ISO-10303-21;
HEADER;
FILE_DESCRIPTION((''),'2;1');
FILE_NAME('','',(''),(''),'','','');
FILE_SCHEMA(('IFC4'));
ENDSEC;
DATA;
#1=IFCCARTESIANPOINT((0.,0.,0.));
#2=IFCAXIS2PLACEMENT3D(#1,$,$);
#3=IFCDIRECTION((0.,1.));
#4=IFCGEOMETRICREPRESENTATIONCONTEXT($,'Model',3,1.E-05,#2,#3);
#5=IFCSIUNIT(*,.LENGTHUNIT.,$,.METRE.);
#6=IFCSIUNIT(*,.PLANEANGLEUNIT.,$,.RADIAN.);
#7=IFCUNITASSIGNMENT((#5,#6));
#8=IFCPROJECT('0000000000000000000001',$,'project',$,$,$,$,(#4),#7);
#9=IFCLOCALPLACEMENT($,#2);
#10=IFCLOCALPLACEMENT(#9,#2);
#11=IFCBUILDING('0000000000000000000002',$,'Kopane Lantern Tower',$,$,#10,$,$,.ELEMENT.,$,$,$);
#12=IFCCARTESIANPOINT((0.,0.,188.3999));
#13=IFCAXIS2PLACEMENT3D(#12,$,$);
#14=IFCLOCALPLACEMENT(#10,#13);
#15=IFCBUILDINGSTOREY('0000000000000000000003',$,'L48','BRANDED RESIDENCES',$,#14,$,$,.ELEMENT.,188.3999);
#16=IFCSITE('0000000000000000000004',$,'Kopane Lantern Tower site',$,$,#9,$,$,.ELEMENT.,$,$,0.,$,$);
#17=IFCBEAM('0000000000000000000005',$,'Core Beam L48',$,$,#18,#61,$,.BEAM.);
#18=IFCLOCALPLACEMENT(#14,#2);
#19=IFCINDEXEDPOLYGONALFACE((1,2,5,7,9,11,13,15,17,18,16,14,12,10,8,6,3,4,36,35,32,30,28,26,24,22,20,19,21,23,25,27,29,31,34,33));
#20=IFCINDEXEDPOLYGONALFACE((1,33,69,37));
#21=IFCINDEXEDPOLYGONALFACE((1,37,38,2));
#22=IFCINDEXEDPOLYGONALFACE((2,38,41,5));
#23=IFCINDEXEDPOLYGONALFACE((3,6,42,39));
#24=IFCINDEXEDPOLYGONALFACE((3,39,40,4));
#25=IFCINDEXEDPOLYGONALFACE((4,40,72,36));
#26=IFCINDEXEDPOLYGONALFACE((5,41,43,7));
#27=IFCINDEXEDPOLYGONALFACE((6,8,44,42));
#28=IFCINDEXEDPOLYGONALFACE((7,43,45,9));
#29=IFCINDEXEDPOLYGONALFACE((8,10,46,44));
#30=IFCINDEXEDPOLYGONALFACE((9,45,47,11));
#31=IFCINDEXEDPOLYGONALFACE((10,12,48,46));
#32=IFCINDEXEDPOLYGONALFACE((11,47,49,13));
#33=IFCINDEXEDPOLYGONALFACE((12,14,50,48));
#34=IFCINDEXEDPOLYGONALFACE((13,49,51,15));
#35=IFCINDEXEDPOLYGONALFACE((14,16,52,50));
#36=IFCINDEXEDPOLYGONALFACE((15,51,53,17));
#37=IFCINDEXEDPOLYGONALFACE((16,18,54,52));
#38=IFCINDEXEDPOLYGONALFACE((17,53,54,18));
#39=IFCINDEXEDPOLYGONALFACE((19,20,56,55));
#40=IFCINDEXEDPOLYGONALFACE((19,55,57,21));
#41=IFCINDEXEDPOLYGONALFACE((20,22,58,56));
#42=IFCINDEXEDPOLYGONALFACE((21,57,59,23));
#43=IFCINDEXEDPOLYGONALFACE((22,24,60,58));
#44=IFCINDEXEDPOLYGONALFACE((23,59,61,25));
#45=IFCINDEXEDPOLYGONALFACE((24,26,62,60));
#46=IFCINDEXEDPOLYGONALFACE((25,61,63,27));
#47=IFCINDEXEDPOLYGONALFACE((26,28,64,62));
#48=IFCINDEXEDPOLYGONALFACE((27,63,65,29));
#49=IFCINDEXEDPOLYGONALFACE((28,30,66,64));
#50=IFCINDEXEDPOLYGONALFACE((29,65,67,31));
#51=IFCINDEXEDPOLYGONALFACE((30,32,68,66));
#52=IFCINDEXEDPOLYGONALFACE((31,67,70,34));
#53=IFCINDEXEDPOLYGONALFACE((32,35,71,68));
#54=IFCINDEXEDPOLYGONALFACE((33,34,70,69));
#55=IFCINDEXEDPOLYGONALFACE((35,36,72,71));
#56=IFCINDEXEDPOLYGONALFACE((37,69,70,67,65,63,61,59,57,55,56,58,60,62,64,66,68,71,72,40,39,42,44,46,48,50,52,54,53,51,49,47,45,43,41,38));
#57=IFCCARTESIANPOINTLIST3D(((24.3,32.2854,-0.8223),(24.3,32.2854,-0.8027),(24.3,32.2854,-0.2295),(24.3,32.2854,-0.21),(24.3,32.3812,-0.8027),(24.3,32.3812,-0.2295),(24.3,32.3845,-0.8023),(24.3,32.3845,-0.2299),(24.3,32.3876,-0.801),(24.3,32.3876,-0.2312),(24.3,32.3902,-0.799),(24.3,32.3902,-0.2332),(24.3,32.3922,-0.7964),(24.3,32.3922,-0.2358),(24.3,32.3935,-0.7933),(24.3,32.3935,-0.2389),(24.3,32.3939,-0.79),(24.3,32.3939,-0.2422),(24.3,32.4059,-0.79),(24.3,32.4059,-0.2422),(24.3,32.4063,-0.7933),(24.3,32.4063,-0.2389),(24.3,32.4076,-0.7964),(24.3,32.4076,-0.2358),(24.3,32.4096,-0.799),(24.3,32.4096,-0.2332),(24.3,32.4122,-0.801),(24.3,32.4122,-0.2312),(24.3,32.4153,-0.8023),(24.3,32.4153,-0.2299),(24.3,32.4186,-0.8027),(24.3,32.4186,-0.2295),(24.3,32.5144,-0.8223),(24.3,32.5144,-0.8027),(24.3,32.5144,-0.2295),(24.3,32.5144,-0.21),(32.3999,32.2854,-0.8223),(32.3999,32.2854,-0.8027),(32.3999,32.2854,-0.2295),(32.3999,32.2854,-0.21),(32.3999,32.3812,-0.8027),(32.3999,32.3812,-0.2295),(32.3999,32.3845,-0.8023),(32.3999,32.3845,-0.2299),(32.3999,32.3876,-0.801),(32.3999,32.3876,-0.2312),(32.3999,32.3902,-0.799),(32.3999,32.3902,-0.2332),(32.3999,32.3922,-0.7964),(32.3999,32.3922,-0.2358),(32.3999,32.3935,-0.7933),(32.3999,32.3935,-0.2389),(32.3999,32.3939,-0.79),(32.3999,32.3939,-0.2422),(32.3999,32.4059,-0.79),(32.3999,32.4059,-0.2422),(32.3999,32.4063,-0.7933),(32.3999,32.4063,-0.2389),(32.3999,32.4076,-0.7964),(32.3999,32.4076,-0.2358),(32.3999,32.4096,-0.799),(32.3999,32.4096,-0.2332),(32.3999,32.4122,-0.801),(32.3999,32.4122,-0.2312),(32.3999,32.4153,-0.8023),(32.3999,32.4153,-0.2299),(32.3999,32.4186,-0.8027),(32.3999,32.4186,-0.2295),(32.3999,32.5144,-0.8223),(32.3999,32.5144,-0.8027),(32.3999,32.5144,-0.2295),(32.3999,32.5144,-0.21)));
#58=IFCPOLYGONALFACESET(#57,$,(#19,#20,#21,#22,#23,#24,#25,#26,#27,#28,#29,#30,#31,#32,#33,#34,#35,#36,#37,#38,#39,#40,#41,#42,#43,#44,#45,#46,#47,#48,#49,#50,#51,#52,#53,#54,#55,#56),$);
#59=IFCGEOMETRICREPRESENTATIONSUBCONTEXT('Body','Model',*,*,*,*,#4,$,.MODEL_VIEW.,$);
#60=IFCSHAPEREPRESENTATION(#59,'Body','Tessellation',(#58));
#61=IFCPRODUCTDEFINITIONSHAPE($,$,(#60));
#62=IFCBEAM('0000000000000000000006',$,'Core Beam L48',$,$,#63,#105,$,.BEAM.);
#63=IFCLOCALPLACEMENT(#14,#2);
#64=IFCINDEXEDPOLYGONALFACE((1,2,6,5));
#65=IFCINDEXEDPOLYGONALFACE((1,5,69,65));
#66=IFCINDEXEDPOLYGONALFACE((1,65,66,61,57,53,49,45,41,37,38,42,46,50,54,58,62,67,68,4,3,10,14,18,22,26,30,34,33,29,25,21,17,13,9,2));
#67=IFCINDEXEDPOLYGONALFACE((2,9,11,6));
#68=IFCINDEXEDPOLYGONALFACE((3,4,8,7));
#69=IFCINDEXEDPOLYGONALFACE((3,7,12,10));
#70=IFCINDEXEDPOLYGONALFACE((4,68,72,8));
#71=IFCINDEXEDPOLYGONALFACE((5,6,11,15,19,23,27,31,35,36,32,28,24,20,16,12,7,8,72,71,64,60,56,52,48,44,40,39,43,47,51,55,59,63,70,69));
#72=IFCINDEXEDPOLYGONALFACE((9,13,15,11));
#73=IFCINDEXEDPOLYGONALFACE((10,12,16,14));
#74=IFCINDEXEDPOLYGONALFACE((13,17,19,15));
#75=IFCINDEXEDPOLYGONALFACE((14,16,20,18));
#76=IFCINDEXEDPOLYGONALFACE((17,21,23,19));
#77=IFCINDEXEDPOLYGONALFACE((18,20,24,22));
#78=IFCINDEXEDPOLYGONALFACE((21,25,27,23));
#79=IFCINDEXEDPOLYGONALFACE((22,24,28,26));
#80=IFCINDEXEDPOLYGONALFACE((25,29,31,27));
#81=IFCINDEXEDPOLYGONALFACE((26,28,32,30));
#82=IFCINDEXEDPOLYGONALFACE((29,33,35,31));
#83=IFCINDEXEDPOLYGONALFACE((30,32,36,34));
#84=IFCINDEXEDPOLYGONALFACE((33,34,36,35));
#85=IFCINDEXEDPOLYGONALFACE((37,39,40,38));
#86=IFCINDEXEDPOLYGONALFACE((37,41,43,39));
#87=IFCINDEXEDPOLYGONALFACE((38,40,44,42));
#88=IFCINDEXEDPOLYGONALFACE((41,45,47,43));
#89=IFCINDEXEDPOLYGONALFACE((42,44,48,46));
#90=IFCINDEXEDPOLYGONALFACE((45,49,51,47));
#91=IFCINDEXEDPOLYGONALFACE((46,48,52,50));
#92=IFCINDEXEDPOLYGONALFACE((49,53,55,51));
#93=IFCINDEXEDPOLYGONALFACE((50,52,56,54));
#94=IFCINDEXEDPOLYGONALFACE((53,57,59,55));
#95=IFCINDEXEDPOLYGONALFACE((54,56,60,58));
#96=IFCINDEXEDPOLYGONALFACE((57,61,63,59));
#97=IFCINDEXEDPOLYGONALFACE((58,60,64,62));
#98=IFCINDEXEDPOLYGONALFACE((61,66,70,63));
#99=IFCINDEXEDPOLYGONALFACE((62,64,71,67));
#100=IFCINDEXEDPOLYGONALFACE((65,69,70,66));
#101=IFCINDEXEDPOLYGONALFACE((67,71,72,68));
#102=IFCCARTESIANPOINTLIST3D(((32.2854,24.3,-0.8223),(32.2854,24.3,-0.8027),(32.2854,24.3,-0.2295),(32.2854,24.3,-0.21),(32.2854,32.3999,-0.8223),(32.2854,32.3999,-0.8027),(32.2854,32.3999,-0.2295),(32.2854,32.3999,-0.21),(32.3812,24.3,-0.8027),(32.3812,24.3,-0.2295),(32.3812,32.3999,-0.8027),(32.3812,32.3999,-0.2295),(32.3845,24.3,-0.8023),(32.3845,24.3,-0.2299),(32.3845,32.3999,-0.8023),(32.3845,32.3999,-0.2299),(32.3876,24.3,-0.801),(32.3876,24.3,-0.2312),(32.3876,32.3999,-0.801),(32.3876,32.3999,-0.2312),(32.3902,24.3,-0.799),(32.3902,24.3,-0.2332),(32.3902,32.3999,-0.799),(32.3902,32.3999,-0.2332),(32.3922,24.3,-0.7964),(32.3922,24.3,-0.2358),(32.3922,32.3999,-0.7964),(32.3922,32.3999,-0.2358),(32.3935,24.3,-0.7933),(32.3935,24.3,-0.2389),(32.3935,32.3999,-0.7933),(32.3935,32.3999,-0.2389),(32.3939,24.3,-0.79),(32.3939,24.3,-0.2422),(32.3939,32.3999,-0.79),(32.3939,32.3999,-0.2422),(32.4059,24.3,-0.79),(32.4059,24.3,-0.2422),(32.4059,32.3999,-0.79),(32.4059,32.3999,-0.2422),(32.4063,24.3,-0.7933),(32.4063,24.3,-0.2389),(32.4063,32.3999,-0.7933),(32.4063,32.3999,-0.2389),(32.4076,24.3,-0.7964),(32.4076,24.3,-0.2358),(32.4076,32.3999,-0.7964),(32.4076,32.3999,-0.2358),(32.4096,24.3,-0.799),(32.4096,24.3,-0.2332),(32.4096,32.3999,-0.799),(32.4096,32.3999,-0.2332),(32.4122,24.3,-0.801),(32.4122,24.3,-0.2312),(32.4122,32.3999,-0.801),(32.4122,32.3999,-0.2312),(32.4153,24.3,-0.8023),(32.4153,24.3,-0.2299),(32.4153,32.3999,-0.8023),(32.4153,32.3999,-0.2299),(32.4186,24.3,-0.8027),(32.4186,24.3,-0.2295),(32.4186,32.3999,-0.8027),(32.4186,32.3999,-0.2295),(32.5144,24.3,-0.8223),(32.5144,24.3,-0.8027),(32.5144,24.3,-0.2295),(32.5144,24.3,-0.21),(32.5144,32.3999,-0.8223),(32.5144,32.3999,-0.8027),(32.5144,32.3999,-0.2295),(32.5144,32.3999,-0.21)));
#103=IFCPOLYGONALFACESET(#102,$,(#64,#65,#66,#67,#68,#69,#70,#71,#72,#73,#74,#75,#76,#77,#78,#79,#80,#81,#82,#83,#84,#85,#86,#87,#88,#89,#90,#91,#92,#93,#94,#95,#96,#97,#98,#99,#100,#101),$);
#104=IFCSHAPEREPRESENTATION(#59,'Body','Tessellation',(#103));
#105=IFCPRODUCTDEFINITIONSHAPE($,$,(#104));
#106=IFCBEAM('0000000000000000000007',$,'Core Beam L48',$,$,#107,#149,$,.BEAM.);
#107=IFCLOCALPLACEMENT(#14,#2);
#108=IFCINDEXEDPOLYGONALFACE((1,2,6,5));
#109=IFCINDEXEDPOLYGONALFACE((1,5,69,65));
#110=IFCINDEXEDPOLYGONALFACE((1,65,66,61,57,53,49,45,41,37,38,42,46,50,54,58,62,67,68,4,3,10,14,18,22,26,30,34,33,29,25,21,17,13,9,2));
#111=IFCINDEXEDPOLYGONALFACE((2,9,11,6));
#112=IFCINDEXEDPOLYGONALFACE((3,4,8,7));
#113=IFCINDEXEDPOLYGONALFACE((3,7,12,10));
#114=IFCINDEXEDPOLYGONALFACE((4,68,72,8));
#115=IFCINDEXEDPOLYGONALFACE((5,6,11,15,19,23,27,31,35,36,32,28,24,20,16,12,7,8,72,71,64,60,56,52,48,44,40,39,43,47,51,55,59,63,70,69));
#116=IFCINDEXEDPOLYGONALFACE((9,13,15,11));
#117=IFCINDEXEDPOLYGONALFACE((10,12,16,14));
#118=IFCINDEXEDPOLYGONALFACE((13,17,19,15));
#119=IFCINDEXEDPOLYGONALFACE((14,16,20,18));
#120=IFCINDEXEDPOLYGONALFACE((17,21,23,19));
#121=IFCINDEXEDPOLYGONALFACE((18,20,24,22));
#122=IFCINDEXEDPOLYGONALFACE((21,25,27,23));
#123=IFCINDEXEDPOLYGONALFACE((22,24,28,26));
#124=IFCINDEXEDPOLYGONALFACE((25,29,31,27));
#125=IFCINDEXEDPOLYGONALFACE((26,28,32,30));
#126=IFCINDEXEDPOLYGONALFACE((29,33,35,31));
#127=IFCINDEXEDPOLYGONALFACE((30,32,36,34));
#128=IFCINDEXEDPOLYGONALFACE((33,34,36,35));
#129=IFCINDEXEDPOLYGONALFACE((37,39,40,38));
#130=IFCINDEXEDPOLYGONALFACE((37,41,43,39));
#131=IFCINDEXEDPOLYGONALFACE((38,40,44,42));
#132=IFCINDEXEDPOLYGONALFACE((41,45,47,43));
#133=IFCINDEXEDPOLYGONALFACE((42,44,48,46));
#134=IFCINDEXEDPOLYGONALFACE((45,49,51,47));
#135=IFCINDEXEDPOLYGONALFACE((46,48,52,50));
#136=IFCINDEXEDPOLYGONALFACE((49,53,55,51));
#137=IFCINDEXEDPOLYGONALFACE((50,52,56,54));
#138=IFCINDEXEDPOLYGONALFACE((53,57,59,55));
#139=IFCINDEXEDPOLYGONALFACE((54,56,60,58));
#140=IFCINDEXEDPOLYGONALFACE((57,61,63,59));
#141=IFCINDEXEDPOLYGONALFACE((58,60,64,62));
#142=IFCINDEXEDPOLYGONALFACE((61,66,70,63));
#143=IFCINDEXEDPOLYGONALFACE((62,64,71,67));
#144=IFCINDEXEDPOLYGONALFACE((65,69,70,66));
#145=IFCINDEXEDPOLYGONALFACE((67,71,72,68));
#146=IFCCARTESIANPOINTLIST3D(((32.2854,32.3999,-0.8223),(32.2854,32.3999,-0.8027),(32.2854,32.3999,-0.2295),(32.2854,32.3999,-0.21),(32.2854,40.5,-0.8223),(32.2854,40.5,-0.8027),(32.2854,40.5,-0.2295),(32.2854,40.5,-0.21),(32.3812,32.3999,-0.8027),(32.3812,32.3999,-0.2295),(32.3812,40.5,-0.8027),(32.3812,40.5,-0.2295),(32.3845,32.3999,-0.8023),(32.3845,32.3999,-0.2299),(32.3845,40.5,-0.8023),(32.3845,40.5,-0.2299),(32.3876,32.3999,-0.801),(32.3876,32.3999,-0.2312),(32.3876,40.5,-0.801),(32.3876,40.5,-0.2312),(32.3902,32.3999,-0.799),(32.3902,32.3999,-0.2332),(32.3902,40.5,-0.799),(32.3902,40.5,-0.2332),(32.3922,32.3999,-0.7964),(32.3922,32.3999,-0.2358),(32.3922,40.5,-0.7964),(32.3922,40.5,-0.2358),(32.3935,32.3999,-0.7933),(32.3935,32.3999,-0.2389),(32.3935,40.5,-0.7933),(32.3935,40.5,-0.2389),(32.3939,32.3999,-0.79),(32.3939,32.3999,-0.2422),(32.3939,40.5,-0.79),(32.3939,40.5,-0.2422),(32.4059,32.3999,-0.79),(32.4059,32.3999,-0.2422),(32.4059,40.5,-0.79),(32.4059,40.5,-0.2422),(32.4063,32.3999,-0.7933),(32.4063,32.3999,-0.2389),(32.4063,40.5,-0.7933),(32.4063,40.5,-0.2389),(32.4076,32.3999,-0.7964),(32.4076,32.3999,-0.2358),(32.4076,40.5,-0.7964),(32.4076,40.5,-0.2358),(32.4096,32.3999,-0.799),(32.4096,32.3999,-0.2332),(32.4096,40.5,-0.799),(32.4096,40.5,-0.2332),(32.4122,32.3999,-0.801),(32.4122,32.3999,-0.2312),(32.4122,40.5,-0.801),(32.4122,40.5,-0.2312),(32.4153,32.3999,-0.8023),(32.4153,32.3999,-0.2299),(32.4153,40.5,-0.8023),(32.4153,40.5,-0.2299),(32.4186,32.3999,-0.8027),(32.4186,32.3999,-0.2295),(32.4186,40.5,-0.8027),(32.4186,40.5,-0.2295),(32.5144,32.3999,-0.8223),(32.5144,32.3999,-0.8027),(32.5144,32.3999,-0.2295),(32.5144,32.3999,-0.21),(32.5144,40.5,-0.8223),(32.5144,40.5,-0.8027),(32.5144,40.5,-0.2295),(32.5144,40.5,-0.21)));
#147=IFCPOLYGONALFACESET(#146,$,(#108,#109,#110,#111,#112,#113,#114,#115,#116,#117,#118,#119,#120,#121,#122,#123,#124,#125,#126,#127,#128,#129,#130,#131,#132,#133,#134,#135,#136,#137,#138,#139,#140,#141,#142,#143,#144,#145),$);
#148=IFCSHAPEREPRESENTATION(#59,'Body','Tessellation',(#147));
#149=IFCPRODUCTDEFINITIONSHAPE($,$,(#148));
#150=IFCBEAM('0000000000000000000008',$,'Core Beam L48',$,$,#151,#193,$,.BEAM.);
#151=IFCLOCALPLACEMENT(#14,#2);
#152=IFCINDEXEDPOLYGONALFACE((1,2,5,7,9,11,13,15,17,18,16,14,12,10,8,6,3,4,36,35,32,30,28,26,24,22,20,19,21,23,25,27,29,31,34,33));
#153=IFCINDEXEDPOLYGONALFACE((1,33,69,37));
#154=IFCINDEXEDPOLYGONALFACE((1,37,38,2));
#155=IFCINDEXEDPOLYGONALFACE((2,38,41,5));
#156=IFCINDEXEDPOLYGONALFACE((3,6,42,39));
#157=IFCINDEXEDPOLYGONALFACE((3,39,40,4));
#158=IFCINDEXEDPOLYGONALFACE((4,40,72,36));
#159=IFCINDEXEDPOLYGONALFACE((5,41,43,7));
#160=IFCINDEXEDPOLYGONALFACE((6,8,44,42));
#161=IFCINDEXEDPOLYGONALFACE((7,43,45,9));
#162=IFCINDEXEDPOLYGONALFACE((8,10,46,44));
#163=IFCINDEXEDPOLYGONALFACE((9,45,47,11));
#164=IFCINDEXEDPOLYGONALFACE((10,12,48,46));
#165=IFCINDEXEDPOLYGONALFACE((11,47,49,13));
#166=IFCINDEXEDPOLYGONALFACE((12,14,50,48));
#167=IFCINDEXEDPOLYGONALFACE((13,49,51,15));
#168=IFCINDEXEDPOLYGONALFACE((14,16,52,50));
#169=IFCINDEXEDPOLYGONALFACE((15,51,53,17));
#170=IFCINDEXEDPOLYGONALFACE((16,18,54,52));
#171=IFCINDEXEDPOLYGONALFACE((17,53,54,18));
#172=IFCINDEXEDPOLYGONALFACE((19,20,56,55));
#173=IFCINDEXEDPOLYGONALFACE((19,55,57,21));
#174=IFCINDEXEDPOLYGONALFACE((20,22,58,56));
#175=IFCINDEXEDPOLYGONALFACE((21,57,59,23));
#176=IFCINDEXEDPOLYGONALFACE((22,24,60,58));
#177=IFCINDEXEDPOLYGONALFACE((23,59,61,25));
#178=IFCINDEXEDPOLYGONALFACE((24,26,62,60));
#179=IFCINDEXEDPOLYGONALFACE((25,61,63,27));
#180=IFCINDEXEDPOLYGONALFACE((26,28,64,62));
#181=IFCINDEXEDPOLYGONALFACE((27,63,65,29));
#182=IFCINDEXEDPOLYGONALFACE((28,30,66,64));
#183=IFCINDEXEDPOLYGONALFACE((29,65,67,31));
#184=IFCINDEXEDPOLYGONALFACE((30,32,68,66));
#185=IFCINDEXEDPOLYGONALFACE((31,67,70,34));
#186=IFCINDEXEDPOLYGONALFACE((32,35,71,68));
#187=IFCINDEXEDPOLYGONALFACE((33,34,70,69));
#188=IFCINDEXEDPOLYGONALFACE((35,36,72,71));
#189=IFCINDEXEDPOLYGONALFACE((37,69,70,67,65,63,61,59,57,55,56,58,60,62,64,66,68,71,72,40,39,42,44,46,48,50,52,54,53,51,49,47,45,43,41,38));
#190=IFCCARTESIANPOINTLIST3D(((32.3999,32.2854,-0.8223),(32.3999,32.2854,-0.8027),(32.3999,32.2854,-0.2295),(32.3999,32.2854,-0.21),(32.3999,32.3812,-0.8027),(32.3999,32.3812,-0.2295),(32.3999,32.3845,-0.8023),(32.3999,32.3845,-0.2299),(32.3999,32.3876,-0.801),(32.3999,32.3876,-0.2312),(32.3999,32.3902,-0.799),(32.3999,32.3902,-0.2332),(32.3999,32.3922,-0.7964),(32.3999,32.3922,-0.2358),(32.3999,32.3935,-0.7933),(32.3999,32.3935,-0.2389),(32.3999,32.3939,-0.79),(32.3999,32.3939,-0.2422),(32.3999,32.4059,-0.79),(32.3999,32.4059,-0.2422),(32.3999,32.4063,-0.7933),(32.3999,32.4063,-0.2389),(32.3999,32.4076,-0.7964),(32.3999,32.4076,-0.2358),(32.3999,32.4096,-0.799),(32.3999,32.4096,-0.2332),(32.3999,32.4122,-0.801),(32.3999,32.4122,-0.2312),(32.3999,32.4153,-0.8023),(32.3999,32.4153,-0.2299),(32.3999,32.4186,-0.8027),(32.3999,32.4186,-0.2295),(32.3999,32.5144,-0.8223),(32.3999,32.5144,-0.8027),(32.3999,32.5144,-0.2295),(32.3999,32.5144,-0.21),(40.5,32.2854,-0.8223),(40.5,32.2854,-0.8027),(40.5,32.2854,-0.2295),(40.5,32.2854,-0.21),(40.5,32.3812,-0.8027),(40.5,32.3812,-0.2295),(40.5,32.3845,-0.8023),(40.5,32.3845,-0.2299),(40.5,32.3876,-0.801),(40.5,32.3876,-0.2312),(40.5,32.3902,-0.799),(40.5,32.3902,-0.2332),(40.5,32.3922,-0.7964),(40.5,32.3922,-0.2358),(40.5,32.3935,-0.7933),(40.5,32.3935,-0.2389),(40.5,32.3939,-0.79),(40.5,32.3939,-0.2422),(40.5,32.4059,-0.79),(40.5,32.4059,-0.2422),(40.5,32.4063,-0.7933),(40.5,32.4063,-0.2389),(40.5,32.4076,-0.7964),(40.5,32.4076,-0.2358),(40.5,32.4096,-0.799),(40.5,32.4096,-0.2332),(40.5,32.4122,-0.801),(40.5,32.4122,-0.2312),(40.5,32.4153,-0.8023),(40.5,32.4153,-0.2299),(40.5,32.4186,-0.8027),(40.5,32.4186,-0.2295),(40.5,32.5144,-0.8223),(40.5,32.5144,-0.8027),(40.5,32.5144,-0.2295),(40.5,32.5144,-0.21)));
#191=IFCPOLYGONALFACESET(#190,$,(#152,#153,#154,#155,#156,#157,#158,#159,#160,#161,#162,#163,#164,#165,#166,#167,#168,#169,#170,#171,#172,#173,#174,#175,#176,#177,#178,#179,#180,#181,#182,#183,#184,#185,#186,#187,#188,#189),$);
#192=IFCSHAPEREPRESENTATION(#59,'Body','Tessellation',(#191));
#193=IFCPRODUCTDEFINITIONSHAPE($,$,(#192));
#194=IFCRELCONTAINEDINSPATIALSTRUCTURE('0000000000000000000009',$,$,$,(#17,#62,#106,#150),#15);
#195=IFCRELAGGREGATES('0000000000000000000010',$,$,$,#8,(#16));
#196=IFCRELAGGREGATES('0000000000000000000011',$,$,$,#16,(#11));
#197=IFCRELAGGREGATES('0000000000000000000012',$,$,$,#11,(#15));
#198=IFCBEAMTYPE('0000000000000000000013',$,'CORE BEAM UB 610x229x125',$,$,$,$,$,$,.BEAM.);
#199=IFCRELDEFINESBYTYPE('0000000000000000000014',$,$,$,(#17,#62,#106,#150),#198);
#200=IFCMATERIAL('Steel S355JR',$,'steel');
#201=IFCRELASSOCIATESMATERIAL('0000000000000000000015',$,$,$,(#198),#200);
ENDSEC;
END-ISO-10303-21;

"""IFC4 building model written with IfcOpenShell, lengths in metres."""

from ifc_helpers import new_model, si_unit, direction, frame, origin, origin_2d, place, context, subcontext, project, spatial, i_section, extrude, material, material_profile, profile_set, type_object, element, save


model = new_model("IFC4")

# Units and contexts
model_context = context("Model", 3, precision=1e-05, world=origin(), true_north=direction((0.0, 1.0)))
body_context = subcontext(model_context, "Body", "Model", "MODEL_VIEW")
ifc_project = project(units=[si_unit("LENGTHUNIT", "METRE"), si_unit("PLANEANGLEUNIT", "RADIAN")], contexts=[model_context])

# Site, building, storey
site_placement = place(None, origin())
site = spatial("IfcSite", under=ifc_project, at=site_placement, Name="Kopane Lantern Tower site", CompositionType="ELEMENT", RefElevation=0.0)
building_placement = place(site_placement, origin())
building = spatial("IfcBuilding", under=site, at=building_placement, Name="Kopane Lantern Tower", CompositionType="ELEMENT")
storey_placement = place(building_placement, frame((0.0, 0.0, 188.3999)))
storey = spatial("IfcBuildingStorey", under=building, at=storey_placement, Name="L48", Description="BRANDED RESIDENCES", CompositionType="ELEMENT", Elevation=188.3999)

# Beams
ifc_material_1 = material(Name="Steel S355JR", Category="steel")
ifc_material_profile_1 = material_profile(ifc_material_1, i_section(OverallWidth=0.229, OverallDepth=0.6123, WebThickness=0.012, FlangeThickness=0.0195, FilletRadius=0.0127, at=origin_2d()), Name="UB 610x229x125")
ifc_profile_set_1 = profile_set([ifc_material_profile_1], Name="Steel S355JR")
beam_type_1 = type_object("IfcBeamType", Name="CORE BEAM UB 610x229x125", PredefinedType="BEAM", material=ifc_profile_set_1)
for number, where, z_axis, x_axis, name in (
    (1, (24.3, 32.3999, -0.5161), (1.0, 0.0, 0.0), (0.0, 1.0, 0.0), "Core Beam L48"),
    (2, (32.3999, 24.3, -0.5161), (0.0, 1.0, 0.0), (-1.0, 0.0, 0.0), "Core Beam L48"),
):
    element("IfcBeam", number, at=place(storey_placement, frame(where, z_axis=z_axis, x_axis=x_axis)), inside=storey, type_object=beam_type_1, Name=name, PredefinedType="BEAM", context=body_context, shape_type="SweptSolid", body=[
        extrude(i_section(OverallWidth=0.229, OverallDepth=0.6123, WebThickness=0.012, FlangeThickness=0.0195, FilletRadius=0.0127, at=origin_2d()), origin(), (0.0, 0.0, 1.0), 8.0999),
    ])
for number, where, z_axis, x_axis, name in (
    (3, (32.3999, 32.3999, -0.5161), (0.0, 1.0, 0.0), (-1.0, 0.0, 0.0), "Core Beam L48"),
    (4, (32.3999, 32.3999, -0.5161), (1.0, 0.0, 0.0), (0.0, 1.0, 0.0), "Core Beam L48"),
):
    element("IfcBeam", number, at=place(storey_placement, frame(where, z_axis=z_axis, x_axis=x_axis)), inside=storey, type_object=beam_type_1, Name=name, PredefinedType="BEAM", context=body_context, shape_type="SweptSolid", body=[
        extrude(i_section(OverallWidth=0.229, OverallDepth=0.6123, WebThickness=0.012, FlangeThickness=0.0195, FilletRadius=0.0127, at=origin_2d()), origin(), (0.0, 0.0, 1.0), 8.1001),
    ])

save(model, "model.ifc")
